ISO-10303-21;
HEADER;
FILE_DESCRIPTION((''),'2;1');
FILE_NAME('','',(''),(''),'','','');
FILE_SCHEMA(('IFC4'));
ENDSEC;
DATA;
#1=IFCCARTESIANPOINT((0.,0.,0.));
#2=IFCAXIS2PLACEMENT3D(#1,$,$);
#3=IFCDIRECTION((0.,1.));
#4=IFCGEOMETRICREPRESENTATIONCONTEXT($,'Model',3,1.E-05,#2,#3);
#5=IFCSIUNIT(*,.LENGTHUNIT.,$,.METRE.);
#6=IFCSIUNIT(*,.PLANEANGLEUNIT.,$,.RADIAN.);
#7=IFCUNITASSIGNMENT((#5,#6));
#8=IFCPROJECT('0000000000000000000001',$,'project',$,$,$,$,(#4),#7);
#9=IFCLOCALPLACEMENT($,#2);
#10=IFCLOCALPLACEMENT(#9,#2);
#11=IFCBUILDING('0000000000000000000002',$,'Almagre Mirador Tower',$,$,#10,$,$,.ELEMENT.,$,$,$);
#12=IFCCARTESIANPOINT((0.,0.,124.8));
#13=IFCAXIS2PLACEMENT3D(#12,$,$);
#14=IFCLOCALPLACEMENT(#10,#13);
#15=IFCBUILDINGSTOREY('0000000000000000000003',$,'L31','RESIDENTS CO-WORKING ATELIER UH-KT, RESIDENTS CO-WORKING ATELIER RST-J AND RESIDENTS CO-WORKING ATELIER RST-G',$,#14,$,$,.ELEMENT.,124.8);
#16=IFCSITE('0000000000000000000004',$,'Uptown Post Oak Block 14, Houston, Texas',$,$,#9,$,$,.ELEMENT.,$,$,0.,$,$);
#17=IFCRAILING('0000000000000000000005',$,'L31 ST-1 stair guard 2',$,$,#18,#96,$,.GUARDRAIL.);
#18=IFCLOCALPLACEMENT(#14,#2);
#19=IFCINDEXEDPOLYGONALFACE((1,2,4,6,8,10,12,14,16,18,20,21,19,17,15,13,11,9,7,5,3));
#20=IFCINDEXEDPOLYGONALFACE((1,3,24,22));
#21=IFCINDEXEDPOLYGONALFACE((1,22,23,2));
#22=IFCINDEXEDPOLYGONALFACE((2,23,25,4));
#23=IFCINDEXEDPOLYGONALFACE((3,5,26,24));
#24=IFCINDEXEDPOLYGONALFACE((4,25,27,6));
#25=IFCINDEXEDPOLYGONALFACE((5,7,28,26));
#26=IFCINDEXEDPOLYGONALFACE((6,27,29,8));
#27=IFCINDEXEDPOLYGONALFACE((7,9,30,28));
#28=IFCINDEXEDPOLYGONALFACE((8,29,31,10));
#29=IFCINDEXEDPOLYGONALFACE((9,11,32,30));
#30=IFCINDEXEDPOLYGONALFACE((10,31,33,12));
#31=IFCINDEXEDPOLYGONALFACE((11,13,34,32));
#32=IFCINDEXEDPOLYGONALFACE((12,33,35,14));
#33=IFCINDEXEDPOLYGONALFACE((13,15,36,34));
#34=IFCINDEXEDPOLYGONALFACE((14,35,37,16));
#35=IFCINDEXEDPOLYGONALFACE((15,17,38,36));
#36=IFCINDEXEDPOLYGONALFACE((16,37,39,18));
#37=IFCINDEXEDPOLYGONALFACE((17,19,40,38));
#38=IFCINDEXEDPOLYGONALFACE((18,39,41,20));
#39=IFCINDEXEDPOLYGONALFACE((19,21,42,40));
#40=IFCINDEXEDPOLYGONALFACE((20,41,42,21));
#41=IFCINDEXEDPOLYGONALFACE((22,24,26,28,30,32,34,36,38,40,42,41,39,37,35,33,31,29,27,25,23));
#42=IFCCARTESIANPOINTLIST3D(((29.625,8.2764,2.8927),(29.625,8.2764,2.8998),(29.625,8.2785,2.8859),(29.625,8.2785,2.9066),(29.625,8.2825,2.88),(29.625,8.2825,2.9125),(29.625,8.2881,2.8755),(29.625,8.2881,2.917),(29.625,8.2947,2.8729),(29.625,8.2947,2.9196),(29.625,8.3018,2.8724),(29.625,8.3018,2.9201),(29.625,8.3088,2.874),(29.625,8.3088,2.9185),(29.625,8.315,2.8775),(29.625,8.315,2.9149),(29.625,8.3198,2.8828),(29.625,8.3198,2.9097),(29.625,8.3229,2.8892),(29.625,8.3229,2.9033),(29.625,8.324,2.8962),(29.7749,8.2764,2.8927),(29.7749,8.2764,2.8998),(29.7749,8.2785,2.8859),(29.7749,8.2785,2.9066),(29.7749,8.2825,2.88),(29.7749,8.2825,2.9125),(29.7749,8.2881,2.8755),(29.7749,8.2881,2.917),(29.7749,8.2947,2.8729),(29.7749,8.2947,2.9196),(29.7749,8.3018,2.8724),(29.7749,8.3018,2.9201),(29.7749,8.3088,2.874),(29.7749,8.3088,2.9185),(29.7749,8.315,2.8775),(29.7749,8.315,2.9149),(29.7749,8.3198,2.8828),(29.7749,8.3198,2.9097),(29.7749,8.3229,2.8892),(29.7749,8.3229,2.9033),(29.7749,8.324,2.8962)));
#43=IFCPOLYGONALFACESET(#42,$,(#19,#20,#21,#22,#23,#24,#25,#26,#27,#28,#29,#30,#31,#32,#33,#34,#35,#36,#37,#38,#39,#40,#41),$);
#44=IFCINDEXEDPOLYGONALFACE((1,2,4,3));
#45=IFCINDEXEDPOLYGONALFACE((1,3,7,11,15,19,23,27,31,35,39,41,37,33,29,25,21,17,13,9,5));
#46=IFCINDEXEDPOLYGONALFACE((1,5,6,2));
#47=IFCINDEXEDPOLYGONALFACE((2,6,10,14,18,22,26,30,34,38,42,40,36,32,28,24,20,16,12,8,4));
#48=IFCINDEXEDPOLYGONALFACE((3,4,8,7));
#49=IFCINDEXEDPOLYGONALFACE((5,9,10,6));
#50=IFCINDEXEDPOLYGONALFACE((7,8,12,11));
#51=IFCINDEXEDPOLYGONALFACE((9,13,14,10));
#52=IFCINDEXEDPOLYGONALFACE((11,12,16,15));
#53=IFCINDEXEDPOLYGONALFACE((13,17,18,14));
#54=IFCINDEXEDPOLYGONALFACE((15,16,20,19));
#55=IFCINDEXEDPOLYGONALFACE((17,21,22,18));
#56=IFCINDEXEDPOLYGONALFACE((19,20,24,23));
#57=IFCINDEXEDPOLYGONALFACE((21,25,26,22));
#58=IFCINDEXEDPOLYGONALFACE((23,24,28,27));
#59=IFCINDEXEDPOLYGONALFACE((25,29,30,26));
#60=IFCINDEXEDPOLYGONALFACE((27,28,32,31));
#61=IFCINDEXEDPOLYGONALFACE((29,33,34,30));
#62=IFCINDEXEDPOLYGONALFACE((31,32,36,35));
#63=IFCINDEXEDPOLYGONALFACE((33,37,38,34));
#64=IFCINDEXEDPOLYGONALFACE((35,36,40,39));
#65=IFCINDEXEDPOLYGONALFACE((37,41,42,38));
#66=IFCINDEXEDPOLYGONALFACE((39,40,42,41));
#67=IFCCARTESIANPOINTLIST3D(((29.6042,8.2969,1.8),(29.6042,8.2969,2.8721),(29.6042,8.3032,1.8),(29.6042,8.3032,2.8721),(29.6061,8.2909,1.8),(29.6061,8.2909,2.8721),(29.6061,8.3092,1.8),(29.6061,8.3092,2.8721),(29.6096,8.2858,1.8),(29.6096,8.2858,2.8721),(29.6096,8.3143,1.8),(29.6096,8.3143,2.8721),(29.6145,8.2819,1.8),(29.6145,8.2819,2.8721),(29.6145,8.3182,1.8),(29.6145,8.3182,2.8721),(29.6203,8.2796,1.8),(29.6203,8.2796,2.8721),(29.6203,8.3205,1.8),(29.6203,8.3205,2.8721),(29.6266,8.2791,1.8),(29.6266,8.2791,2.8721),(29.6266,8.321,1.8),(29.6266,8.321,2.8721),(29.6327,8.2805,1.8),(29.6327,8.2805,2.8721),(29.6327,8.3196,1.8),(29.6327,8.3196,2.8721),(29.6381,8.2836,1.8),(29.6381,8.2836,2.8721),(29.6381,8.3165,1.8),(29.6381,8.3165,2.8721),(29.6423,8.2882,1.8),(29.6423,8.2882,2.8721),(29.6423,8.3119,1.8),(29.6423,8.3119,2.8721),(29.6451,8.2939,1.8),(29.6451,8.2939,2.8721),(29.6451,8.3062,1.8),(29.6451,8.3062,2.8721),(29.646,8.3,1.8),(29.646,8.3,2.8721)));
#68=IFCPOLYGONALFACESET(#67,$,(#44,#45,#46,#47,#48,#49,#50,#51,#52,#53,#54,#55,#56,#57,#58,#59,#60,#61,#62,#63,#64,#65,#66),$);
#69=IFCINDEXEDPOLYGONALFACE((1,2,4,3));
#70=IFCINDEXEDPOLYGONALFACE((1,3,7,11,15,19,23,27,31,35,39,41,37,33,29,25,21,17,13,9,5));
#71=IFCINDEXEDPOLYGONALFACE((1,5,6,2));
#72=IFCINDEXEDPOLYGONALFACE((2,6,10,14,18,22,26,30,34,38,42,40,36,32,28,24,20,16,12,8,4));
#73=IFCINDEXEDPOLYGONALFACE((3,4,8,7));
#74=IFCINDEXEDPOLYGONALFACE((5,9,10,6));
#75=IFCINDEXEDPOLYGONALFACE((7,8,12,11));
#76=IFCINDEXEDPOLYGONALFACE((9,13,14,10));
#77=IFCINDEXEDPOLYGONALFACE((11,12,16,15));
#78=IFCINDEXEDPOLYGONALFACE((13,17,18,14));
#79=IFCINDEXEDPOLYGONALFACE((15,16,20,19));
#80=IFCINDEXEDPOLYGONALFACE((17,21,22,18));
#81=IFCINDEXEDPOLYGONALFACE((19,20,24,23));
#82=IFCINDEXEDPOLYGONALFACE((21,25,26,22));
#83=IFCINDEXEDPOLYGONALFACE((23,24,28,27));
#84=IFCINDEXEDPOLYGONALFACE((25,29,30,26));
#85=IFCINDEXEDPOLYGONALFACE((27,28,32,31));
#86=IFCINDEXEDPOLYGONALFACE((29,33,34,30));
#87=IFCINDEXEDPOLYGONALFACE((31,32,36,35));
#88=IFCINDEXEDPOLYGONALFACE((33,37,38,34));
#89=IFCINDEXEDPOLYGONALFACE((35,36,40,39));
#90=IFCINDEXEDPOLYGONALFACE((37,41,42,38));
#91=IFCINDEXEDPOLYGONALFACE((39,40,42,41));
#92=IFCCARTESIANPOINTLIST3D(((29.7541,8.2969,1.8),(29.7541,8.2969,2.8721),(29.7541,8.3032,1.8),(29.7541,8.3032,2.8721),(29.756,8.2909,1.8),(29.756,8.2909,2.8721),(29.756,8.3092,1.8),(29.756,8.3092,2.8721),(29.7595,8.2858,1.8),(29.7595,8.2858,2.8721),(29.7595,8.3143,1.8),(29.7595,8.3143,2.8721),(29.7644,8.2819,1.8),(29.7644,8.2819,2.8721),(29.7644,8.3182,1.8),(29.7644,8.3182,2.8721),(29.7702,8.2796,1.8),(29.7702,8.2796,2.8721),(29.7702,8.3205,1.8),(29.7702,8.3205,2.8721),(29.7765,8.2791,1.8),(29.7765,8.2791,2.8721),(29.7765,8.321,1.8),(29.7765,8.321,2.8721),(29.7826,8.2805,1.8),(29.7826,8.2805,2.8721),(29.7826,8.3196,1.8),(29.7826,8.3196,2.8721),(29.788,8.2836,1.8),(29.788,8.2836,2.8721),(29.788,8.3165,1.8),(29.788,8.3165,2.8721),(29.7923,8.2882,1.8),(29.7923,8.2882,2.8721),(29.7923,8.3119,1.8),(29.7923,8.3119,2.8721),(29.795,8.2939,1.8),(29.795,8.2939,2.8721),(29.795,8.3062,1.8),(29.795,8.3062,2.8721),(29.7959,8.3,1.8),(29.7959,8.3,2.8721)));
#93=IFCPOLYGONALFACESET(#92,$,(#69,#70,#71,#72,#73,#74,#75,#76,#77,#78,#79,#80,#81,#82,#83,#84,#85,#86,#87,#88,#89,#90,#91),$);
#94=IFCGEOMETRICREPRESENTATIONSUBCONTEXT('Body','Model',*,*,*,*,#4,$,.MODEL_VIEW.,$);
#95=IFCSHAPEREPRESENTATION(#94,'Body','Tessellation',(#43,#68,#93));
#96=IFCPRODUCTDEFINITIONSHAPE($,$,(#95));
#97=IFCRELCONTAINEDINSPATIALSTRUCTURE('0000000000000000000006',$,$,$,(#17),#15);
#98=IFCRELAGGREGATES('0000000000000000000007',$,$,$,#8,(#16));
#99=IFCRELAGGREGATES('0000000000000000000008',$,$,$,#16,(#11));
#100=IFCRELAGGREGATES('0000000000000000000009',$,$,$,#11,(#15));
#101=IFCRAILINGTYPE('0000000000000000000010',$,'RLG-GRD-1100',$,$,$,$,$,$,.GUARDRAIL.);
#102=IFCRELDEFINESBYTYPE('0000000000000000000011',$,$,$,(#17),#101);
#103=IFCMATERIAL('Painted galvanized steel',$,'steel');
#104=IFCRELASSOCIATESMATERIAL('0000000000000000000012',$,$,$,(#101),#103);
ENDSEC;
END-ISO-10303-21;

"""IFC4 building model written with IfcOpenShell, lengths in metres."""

from ifc_helpers import new_model, si_unit, direction, frame, origin, origin_2d, place, context, subcontext, project, spatial, circle, extrude, material, type_object, element, save


model = new_model("IFC4")

# Units and contexts
model_context = context("Model", 3, precision=1e-05, world=origin(), true_north=direction((0.0, 1.0)))
body_context = subcontext(model_context, "Body", "Model", "MODEL_VIEW")
ifc_project = project(units=[si_unit("LENGTHUNIT", "METRE"), si_unit("PLANEANGLEUNIT", "RADIAN")], contexts=[model_context])

# Site, building, storey
site_placement = place(None, origin())
site = spatial("IfcSite", under=ifc_project, at=site_placement, Name="Uptown Post Oak Block 14, Houston, Texas", CompositionType="ELEMENT", RefElevation=0.0)
building_placement = place(site_placement, origin())
building = spatial("IfcBuilding", under=site, at=building_placement, Name="Almagre Mirador Tower", CompositionType="ELEMENT")
storey_placement = place(building_placement, frame((0.0, 0.0, 124.8)))
storey = spatial("IfcBuildingStorey", under=building, at=storey_placement, Name="L31", Description="RESIDENTS CO-WORKING ATELIER UH-KT, RESIDENTS CO-WORKING ATELIER RST-J AND RESIDENTS CO-WORKING ATELIER RST-G", CompositionType="ELEMENT", Elevation=124.8)

# Railing
ifc_material_1 = material(Name="Painted galvanized steel", Category="steel")
railing_type_1 = type_object("IfcRailingType", Name="RLG-GRD-1100", PredefinedType="GUARDRAIL", material=ifc_material_1)
railing_1_placement = place(storey_placement, frame((29.625, 8.3, 1.8)))
element("IfcRailing", 1, at=railing_1_placement, inside=storey, type_object=railing_type_1, Name="L31 ST-1 stair guard 2", PredefinedType="GUARDRAIL", context=body_context, shape_type="SweptSolid", body=[
    extrude(circle(Radius=0.0239, at=origin_2d()), frame((0.0, 0.0, 1.0962), z_axis=(1.0, 0.0, 0.0), x_axis=(0.0, 1.0, 0.0)), (0.0, 0.0, 1.0), 0.1499),
    extrude(circle(Radius=0.021, at=origin_2d()), origin(), (0.0, 0.0, 1.0), 1.072),
    extrude(circle(Radius=0.021, at=origin_2d()), frame((0.1499, 0.0, 0.0)), (0.0, 0.0, 1.0), 1.072),
])

save(model, "model.ifc")
